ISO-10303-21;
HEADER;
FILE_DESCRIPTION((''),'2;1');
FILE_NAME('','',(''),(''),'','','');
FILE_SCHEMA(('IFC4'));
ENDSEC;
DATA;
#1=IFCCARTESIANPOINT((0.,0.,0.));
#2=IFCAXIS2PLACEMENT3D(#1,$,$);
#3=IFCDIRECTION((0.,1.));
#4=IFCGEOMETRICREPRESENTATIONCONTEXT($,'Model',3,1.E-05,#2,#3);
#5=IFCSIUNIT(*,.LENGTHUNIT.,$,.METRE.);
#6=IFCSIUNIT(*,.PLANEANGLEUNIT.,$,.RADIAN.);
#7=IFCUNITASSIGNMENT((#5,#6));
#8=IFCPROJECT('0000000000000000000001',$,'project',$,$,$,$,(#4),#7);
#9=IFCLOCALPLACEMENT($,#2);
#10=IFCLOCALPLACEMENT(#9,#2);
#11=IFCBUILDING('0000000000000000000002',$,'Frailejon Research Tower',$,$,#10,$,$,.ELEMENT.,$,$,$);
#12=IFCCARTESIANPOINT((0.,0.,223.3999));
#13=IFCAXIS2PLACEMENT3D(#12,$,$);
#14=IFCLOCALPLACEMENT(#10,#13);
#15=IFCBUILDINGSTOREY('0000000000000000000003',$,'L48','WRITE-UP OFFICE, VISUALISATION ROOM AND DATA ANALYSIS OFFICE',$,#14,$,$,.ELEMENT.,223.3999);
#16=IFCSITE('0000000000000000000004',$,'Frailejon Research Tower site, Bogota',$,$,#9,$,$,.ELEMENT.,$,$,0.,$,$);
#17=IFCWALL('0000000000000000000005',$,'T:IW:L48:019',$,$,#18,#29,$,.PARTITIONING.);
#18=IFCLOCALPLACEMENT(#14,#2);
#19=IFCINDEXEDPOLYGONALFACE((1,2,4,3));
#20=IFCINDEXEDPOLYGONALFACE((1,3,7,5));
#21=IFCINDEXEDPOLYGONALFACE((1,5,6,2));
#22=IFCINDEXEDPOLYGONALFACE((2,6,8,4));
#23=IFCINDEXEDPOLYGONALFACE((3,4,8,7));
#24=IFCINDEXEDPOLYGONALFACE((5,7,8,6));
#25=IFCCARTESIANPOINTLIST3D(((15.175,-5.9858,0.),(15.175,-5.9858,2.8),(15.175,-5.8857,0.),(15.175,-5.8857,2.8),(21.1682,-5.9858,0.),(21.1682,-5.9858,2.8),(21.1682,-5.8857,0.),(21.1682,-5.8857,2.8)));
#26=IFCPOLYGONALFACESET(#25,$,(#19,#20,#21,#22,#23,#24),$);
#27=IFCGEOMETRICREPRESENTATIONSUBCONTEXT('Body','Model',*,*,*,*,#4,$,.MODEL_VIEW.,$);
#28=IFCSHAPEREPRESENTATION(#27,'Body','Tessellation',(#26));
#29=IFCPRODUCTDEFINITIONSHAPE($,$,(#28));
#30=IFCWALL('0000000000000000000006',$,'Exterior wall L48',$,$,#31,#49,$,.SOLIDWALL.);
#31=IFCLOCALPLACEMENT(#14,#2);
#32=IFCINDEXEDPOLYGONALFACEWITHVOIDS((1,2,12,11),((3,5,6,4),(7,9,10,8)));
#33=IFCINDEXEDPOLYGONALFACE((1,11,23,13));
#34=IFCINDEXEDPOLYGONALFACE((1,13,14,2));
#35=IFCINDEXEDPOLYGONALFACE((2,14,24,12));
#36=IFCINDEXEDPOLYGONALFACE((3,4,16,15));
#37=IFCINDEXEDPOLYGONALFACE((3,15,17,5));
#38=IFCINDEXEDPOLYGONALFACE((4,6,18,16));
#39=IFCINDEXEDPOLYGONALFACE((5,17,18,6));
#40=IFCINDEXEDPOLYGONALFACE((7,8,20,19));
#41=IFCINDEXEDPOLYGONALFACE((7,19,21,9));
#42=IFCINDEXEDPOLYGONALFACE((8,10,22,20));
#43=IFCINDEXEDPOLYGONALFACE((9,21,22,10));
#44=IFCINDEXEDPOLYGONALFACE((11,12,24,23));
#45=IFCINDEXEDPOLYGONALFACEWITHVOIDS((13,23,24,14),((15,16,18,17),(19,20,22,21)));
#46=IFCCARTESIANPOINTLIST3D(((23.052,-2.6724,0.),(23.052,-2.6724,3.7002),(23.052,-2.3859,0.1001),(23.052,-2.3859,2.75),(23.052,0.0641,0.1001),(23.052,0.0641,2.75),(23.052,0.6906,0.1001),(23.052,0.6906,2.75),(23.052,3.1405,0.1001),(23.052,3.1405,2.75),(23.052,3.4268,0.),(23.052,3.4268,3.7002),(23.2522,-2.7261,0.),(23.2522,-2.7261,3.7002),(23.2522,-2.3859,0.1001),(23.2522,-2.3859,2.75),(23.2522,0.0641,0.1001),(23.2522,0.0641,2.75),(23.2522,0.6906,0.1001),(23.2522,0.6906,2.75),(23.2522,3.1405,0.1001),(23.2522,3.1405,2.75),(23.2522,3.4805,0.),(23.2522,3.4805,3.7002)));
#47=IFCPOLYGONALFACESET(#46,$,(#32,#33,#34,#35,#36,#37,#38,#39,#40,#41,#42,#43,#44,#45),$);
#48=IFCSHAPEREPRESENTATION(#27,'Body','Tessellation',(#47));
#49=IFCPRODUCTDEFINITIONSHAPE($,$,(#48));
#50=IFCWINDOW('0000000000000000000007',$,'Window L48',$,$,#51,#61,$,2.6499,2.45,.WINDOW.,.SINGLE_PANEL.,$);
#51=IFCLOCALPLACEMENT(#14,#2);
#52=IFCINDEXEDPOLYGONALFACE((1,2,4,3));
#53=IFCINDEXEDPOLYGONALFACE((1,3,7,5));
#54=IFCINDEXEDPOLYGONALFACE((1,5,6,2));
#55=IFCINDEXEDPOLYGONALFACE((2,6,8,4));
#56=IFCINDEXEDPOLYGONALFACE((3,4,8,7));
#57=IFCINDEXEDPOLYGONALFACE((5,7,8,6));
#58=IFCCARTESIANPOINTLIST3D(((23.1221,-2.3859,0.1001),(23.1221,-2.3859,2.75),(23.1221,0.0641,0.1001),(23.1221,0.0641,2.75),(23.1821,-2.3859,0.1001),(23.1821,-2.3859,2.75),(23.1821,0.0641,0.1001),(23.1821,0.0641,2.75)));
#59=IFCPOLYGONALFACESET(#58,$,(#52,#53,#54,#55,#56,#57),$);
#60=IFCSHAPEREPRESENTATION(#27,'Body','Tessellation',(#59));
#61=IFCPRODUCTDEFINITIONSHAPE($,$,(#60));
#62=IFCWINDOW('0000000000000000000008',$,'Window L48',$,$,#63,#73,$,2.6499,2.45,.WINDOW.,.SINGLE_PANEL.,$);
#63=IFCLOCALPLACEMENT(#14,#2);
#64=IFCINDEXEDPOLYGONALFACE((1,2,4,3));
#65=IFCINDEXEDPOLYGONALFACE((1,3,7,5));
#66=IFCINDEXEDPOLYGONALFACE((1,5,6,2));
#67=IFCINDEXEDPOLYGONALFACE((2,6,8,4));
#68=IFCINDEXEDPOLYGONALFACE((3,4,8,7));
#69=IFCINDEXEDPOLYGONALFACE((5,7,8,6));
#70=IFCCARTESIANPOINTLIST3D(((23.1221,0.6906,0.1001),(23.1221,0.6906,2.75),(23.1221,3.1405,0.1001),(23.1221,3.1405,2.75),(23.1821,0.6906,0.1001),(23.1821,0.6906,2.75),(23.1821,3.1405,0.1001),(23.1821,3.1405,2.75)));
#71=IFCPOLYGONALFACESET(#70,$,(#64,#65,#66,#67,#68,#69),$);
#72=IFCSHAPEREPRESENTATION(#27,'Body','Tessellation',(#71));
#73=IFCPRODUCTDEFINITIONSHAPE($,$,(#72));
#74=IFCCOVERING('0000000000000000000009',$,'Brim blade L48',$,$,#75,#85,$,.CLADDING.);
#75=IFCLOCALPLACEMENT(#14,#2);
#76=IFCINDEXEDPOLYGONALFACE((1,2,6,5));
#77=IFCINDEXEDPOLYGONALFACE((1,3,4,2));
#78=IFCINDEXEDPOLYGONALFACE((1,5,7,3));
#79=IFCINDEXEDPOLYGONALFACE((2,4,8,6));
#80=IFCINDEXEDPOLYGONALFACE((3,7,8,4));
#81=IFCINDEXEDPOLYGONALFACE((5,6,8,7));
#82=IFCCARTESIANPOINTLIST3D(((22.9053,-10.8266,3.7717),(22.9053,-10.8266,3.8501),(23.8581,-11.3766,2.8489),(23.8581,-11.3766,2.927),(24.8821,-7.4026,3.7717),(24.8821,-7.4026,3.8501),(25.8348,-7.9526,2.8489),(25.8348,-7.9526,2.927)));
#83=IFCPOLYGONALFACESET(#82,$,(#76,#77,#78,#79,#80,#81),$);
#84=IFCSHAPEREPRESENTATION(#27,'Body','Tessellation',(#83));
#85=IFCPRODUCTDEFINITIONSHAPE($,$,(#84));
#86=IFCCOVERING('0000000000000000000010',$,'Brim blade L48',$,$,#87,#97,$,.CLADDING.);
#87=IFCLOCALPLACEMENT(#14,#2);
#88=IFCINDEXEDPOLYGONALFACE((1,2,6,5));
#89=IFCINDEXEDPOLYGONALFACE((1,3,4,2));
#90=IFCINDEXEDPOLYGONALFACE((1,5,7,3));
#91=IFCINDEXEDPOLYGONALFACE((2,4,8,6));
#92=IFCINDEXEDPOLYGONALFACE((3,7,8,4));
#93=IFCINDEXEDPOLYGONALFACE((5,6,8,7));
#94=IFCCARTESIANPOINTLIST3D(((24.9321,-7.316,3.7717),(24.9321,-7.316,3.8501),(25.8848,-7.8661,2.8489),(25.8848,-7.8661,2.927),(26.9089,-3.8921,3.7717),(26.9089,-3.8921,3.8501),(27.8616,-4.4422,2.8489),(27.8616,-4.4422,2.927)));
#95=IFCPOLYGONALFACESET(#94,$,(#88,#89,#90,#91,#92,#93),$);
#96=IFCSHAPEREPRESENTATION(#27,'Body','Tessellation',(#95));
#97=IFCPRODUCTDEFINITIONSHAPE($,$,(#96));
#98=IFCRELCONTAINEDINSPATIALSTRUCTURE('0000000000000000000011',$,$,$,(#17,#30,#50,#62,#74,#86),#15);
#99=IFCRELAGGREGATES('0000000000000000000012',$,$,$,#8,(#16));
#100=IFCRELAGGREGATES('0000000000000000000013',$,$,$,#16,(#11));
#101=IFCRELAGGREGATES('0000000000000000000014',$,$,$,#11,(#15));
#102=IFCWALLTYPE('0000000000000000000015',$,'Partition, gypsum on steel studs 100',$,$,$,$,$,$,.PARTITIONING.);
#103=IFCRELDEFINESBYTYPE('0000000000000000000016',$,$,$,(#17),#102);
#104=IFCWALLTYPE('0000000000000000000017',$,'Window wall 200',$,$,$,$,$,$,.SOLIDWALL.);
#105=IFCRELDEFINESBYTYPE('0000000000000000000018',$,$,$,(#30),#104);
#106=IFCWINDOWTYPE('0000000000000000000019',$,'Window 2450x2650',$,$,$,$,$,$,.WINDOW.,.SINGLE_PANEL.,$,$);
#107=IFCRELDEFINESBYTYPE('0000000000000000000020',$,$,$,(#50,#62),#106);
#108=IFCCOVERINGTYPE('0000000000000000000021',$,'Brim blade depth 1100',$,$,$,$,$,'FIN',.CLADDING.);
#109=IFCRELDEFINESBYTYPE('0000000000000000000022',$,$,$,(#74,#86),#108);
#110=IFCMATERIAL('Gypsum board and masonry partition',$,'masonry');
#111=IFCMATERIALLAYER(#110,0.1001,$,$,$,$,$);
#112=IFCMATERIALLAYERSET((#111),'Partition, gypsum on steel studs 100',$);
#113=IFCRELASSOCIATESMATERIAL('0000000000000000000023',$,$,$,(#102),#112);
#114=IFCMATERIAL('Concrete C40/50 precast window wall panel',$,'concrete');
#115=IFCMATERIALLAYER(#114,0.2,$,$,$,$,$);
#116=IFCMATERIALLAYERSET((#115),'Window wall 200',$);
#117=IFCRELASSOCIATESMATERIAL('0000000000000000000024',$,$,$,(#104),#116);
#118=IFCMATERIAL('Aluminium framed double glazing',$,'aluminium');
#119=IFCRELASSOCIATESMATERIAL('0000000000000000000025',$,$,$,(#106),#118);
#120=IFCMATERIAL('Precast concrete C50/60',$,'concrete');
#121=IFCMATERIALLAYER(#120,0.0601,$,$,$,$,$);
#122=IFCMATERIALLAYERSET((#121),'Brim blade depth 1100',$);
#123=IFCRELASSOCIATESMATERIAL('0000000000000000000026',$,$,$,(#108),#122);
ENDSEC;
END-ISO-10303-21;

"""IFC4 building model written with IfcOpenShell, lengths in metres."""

from ifc_helpers import new_model, si_unit, direction, frame, frame_2d, origin, place, context, subcontext, project, spatial, polyline, rectangle, outline, extrude, material, layer, layer_set, type_object, element, fill, save


model = new_model("IFC4")

# Units and contexts
model_context = context("Model", 3, precision=1e-05, world=origin(), true_north=direction((0.0, 1.0)))
body_context = subcontext(model_context, "Body", "Model", "MODEL_VIEW")
ifc_project = project(units=[si_unit("LENGTHUNIT", "METRE"), si_unit("PLANEANGLEUNIT", "RADIAN")], contexts=[model_context])

# Site, building, storey
site_placement = place(None, origin())
site = spatial("IfcSite", under=ifc_project, at=site_placement, Name="Frailejon Research Tower site, Bogota", CompositionType="ELEMENT", RefElevation=0.0)
building_placement = place(site_placement, origin())
building = spatial("IfcBuilding", under=site, at=building_placement, Name="Frailejon Research Tower", CompositionType="ELEMENT")
storey_placement = place(building_placement, frame((0.0, 0.0, 223.3999)))
storey = spatial("IfcBuildingStorey", under=building, at=storey_placement, Name="L48", Description="WRITE-UP OFFICE, VISUALISATION ROOM AND DATA ANALYSIS OFFICE", CompositionType="ELEMENT", Elevation=223.3999)

# Wall
ifc_material_1 = material(Name="Gypsum board and masonry partition", Category="masonry")
ifc_layer_1 = layer(ifc_material_1, 0.1001)
ifc_layer_set_1 = layer_set([ifc_layer_1], Name="Partition, gypsum on steel studs 100")
wall_type_1 = type_object("IfcWallType", Name="Partition, gypsum on steel studs 100", PredefinedType="PARTITIONING", material=ifc_layer_set_1)
wall_1_placement = place(storey_placement, frame((15.175, -5.9358, 0.0), z_axis=(0.0, 0.0, 1.0), x_axis=(1.0, 0.0, 0.0)))
element("IfcWall", 1, at=wall_1_placement, inside=storey, type_object=wall_type_1, Name="T:IW:L48:019", PredefinedType="PARTITIONING", context=body_context, shape_type="SweptSolid", body=[
    extrude(rectangle(XDim=5.9932, YDim=0.1001, at=frame_2d((2.9966, 0.0))), origin(), (0.0, 0.0, 1.0), 2.8),
])

# Wall, openings, windows
ifc_material_2 = material(Name="Concrete C40/50 precast window wall panel", Category="concrete")
ifc_layer_2 = layer(ifc_material_2, 0.2)
ifc_layer_set_2 = layer_set([ifc_layer_2], Name="Window wall 200")
wall_type_2 = type_object("IfcWallType", Name="Window wall 200", PredefinedType="SOLIDWALL", material=ifc_layer_set_2)
wall_2_placement = place(storey_placement, frame((23.1521, -2.6992, 0.0), z_axis=(0.0, 0.0, 1.0), x_axis=(0.0, 1.0, 0.0)))
wall_2 = element("IfcWall", 2, at=wall_2_placement, inside=storey, type_object=wall_type_2, Name="Exterior wall L48", PredefinedType="SOLIDWALL", context=body_context, shape_type="SweptSolid", body=[
    extrude(outline(polyline([(-0.0269, -0.1001), (1.0076, -0.1001), (2.042, -0.1001), (3.0764, -0.1001), (4.1108, -0.1001), (5.1453, -0.1001), (6.1797, -0.1001), (6.126, 0.1001), (5.1094, 0.1001), (4.093, 0.1001), (3.0764, 0.1001), (2.0598, 0.1001), (1.0435, 0.1001), (0.0269, 0.1001), (-0.0269, -0.1001)])), origin(), (0.0, 0.0, 1.0), 3.7002),
])
opening_1_placement = place(wall_2_placement, frame((0.3132, 0.0, 0.1001)))
opening_1 = element("IfcOpeningElement", 3, at=opening_1_placement, cuts=wall_2, PredefinedType="OPENING", context=body_context, shape_type="SweptSolid", body=[
    extrude(rectangle(XDim=2.45, YDim=2.6499, at=frame_2d((1.2251, 1.325))), frame((0.0, 0.1099, 0.0), z_axis=(0.0, -1.0, 0.0), x_axis=(1.0, 0.0, 0.0)), (0.0, 0.0, 1.0), 0.22),
])
opening_2_placement = place(wall_2_placement, frame((3.3896, 0.0, 0.1001)))
opening_2 = element("IfcOpeningElement", 4, at=opening_2_placement, cuts=wall_2, PredefinedType="OPENING", context=body_context, shape_type="SweptSolid", body=[
    extrude(rectangle(XDim=2.45, YDim=2.6499, at=frame_2d((1.2251, 1.325))), frame((0.0, 0.1099, 0.0), z_axis=(0.0, -1.0, 0.0), x_axis=(1.0, 0.0, 0.0)), (0.0, 0.0, 1.0), 0.22),
])
ifc_material_3 = material(Name="Aluminium framed double glazing", Category="aluminium")
window_type = type_object("IfcWindowType", Name="Window 2450x2650", PartitioningType="SINGLE_PANEL", PredefinedType="WINDOW", material=ifc_material_3)
window_1_placement = place(opening_1_placement, origin())
window_1 = element("IfcWindow", 5, at=window_1_placement, inside=storey, type_object=window_type, Name="Window L48", OverallHeight=2.6499, OverallWidth=2.45, PartitioningType="SINGLE_PANEL", PredefinedType="WINDOW", context=body_context, shape_type="SweptSolid", body=[
    extrude(rectangle(XDim=2.45, YDim=2.6499, at=frame_2d((1.2251, 1.325))), frame((0.0, 0.03, 0.0), z_axis=(0.0, -1.0, 0.0), x_axis=(1.0, 0.0, 0.0)), (0.0, 0.0, 1.0), 0.0601),
])
fill(opening_1, window_1)
window_2_placement = place(opening_2_placement, origin())
window_2 = element("IfcWindow", 6, at=window_2_placement, inside=storey, type_object=window_type, Name="Window L48", OverallHeight=2.6499, OverallWidth=2.45, PartitioningType="SINGLE_PANEL", PredefinedType="WINDOW", context=body_context, shape_type="SweptSolid", body=[
    extrude(rectangle(XDim=2.45, YDim=2.6499, at=frame_2d((1.2251, 1.325))), frame((0.0, 0.03, 0.0), z_axis=(0.0, -1.0, 0.0), x_axis=(1.0, 0.0, 0.0)), (0.0, 0.0, 1.0), 0.0601),
])
fill(opening_2, window_2)

# Coverings
ifc_material_4 = material(Name="Precast concrete C50/60", Category="concrete")
ifc_layer_3 = layer(ifc_material_4, 0.0601)
ifc_layer_set_3 = layer_set([ifc_layer_3], Name="Brim blade depth 1100")
covering_type = type_object("IfcCoveringType", Name="Brim blade depth 1100", ElementType="FIN", PredefinedType="CLADDING", material=ifc_layer_set_3)
for number, where, z_axis, x_axis, name in (
    (7, (24.8821, -7.4026, 3.8501), (-0.499984, -0.866035, 0.0), (0.866035, -0.499984, 0.0), "Brim blade L48"),
    (8, (26.9089, -3.8921, 3.8501), (-0.500013, -0.866018, 0.0), (0.866018, -0.500013, 0.0), "Brim blade L48"),
):
    element("IfcCovering", number, at=place(storey_placement, frame(where, z_axis=z_axis, x_axis=x_axis)), inside=storey, type_object=covering_type, Name=name, PredefinedType="CLADDING", context=body_context, shape_type="SweptSolid", body=[
        extrude(outline(polyline([(0.0, -0.0784), (1.1001, -1.0012), (1.1001, -0.9231), (0.0, 0.0), (0.0, -0.0784)])), origin(), (0.0, 0.0, 1.0), 3.9536),
    ])

save(model, "model.ifc")
